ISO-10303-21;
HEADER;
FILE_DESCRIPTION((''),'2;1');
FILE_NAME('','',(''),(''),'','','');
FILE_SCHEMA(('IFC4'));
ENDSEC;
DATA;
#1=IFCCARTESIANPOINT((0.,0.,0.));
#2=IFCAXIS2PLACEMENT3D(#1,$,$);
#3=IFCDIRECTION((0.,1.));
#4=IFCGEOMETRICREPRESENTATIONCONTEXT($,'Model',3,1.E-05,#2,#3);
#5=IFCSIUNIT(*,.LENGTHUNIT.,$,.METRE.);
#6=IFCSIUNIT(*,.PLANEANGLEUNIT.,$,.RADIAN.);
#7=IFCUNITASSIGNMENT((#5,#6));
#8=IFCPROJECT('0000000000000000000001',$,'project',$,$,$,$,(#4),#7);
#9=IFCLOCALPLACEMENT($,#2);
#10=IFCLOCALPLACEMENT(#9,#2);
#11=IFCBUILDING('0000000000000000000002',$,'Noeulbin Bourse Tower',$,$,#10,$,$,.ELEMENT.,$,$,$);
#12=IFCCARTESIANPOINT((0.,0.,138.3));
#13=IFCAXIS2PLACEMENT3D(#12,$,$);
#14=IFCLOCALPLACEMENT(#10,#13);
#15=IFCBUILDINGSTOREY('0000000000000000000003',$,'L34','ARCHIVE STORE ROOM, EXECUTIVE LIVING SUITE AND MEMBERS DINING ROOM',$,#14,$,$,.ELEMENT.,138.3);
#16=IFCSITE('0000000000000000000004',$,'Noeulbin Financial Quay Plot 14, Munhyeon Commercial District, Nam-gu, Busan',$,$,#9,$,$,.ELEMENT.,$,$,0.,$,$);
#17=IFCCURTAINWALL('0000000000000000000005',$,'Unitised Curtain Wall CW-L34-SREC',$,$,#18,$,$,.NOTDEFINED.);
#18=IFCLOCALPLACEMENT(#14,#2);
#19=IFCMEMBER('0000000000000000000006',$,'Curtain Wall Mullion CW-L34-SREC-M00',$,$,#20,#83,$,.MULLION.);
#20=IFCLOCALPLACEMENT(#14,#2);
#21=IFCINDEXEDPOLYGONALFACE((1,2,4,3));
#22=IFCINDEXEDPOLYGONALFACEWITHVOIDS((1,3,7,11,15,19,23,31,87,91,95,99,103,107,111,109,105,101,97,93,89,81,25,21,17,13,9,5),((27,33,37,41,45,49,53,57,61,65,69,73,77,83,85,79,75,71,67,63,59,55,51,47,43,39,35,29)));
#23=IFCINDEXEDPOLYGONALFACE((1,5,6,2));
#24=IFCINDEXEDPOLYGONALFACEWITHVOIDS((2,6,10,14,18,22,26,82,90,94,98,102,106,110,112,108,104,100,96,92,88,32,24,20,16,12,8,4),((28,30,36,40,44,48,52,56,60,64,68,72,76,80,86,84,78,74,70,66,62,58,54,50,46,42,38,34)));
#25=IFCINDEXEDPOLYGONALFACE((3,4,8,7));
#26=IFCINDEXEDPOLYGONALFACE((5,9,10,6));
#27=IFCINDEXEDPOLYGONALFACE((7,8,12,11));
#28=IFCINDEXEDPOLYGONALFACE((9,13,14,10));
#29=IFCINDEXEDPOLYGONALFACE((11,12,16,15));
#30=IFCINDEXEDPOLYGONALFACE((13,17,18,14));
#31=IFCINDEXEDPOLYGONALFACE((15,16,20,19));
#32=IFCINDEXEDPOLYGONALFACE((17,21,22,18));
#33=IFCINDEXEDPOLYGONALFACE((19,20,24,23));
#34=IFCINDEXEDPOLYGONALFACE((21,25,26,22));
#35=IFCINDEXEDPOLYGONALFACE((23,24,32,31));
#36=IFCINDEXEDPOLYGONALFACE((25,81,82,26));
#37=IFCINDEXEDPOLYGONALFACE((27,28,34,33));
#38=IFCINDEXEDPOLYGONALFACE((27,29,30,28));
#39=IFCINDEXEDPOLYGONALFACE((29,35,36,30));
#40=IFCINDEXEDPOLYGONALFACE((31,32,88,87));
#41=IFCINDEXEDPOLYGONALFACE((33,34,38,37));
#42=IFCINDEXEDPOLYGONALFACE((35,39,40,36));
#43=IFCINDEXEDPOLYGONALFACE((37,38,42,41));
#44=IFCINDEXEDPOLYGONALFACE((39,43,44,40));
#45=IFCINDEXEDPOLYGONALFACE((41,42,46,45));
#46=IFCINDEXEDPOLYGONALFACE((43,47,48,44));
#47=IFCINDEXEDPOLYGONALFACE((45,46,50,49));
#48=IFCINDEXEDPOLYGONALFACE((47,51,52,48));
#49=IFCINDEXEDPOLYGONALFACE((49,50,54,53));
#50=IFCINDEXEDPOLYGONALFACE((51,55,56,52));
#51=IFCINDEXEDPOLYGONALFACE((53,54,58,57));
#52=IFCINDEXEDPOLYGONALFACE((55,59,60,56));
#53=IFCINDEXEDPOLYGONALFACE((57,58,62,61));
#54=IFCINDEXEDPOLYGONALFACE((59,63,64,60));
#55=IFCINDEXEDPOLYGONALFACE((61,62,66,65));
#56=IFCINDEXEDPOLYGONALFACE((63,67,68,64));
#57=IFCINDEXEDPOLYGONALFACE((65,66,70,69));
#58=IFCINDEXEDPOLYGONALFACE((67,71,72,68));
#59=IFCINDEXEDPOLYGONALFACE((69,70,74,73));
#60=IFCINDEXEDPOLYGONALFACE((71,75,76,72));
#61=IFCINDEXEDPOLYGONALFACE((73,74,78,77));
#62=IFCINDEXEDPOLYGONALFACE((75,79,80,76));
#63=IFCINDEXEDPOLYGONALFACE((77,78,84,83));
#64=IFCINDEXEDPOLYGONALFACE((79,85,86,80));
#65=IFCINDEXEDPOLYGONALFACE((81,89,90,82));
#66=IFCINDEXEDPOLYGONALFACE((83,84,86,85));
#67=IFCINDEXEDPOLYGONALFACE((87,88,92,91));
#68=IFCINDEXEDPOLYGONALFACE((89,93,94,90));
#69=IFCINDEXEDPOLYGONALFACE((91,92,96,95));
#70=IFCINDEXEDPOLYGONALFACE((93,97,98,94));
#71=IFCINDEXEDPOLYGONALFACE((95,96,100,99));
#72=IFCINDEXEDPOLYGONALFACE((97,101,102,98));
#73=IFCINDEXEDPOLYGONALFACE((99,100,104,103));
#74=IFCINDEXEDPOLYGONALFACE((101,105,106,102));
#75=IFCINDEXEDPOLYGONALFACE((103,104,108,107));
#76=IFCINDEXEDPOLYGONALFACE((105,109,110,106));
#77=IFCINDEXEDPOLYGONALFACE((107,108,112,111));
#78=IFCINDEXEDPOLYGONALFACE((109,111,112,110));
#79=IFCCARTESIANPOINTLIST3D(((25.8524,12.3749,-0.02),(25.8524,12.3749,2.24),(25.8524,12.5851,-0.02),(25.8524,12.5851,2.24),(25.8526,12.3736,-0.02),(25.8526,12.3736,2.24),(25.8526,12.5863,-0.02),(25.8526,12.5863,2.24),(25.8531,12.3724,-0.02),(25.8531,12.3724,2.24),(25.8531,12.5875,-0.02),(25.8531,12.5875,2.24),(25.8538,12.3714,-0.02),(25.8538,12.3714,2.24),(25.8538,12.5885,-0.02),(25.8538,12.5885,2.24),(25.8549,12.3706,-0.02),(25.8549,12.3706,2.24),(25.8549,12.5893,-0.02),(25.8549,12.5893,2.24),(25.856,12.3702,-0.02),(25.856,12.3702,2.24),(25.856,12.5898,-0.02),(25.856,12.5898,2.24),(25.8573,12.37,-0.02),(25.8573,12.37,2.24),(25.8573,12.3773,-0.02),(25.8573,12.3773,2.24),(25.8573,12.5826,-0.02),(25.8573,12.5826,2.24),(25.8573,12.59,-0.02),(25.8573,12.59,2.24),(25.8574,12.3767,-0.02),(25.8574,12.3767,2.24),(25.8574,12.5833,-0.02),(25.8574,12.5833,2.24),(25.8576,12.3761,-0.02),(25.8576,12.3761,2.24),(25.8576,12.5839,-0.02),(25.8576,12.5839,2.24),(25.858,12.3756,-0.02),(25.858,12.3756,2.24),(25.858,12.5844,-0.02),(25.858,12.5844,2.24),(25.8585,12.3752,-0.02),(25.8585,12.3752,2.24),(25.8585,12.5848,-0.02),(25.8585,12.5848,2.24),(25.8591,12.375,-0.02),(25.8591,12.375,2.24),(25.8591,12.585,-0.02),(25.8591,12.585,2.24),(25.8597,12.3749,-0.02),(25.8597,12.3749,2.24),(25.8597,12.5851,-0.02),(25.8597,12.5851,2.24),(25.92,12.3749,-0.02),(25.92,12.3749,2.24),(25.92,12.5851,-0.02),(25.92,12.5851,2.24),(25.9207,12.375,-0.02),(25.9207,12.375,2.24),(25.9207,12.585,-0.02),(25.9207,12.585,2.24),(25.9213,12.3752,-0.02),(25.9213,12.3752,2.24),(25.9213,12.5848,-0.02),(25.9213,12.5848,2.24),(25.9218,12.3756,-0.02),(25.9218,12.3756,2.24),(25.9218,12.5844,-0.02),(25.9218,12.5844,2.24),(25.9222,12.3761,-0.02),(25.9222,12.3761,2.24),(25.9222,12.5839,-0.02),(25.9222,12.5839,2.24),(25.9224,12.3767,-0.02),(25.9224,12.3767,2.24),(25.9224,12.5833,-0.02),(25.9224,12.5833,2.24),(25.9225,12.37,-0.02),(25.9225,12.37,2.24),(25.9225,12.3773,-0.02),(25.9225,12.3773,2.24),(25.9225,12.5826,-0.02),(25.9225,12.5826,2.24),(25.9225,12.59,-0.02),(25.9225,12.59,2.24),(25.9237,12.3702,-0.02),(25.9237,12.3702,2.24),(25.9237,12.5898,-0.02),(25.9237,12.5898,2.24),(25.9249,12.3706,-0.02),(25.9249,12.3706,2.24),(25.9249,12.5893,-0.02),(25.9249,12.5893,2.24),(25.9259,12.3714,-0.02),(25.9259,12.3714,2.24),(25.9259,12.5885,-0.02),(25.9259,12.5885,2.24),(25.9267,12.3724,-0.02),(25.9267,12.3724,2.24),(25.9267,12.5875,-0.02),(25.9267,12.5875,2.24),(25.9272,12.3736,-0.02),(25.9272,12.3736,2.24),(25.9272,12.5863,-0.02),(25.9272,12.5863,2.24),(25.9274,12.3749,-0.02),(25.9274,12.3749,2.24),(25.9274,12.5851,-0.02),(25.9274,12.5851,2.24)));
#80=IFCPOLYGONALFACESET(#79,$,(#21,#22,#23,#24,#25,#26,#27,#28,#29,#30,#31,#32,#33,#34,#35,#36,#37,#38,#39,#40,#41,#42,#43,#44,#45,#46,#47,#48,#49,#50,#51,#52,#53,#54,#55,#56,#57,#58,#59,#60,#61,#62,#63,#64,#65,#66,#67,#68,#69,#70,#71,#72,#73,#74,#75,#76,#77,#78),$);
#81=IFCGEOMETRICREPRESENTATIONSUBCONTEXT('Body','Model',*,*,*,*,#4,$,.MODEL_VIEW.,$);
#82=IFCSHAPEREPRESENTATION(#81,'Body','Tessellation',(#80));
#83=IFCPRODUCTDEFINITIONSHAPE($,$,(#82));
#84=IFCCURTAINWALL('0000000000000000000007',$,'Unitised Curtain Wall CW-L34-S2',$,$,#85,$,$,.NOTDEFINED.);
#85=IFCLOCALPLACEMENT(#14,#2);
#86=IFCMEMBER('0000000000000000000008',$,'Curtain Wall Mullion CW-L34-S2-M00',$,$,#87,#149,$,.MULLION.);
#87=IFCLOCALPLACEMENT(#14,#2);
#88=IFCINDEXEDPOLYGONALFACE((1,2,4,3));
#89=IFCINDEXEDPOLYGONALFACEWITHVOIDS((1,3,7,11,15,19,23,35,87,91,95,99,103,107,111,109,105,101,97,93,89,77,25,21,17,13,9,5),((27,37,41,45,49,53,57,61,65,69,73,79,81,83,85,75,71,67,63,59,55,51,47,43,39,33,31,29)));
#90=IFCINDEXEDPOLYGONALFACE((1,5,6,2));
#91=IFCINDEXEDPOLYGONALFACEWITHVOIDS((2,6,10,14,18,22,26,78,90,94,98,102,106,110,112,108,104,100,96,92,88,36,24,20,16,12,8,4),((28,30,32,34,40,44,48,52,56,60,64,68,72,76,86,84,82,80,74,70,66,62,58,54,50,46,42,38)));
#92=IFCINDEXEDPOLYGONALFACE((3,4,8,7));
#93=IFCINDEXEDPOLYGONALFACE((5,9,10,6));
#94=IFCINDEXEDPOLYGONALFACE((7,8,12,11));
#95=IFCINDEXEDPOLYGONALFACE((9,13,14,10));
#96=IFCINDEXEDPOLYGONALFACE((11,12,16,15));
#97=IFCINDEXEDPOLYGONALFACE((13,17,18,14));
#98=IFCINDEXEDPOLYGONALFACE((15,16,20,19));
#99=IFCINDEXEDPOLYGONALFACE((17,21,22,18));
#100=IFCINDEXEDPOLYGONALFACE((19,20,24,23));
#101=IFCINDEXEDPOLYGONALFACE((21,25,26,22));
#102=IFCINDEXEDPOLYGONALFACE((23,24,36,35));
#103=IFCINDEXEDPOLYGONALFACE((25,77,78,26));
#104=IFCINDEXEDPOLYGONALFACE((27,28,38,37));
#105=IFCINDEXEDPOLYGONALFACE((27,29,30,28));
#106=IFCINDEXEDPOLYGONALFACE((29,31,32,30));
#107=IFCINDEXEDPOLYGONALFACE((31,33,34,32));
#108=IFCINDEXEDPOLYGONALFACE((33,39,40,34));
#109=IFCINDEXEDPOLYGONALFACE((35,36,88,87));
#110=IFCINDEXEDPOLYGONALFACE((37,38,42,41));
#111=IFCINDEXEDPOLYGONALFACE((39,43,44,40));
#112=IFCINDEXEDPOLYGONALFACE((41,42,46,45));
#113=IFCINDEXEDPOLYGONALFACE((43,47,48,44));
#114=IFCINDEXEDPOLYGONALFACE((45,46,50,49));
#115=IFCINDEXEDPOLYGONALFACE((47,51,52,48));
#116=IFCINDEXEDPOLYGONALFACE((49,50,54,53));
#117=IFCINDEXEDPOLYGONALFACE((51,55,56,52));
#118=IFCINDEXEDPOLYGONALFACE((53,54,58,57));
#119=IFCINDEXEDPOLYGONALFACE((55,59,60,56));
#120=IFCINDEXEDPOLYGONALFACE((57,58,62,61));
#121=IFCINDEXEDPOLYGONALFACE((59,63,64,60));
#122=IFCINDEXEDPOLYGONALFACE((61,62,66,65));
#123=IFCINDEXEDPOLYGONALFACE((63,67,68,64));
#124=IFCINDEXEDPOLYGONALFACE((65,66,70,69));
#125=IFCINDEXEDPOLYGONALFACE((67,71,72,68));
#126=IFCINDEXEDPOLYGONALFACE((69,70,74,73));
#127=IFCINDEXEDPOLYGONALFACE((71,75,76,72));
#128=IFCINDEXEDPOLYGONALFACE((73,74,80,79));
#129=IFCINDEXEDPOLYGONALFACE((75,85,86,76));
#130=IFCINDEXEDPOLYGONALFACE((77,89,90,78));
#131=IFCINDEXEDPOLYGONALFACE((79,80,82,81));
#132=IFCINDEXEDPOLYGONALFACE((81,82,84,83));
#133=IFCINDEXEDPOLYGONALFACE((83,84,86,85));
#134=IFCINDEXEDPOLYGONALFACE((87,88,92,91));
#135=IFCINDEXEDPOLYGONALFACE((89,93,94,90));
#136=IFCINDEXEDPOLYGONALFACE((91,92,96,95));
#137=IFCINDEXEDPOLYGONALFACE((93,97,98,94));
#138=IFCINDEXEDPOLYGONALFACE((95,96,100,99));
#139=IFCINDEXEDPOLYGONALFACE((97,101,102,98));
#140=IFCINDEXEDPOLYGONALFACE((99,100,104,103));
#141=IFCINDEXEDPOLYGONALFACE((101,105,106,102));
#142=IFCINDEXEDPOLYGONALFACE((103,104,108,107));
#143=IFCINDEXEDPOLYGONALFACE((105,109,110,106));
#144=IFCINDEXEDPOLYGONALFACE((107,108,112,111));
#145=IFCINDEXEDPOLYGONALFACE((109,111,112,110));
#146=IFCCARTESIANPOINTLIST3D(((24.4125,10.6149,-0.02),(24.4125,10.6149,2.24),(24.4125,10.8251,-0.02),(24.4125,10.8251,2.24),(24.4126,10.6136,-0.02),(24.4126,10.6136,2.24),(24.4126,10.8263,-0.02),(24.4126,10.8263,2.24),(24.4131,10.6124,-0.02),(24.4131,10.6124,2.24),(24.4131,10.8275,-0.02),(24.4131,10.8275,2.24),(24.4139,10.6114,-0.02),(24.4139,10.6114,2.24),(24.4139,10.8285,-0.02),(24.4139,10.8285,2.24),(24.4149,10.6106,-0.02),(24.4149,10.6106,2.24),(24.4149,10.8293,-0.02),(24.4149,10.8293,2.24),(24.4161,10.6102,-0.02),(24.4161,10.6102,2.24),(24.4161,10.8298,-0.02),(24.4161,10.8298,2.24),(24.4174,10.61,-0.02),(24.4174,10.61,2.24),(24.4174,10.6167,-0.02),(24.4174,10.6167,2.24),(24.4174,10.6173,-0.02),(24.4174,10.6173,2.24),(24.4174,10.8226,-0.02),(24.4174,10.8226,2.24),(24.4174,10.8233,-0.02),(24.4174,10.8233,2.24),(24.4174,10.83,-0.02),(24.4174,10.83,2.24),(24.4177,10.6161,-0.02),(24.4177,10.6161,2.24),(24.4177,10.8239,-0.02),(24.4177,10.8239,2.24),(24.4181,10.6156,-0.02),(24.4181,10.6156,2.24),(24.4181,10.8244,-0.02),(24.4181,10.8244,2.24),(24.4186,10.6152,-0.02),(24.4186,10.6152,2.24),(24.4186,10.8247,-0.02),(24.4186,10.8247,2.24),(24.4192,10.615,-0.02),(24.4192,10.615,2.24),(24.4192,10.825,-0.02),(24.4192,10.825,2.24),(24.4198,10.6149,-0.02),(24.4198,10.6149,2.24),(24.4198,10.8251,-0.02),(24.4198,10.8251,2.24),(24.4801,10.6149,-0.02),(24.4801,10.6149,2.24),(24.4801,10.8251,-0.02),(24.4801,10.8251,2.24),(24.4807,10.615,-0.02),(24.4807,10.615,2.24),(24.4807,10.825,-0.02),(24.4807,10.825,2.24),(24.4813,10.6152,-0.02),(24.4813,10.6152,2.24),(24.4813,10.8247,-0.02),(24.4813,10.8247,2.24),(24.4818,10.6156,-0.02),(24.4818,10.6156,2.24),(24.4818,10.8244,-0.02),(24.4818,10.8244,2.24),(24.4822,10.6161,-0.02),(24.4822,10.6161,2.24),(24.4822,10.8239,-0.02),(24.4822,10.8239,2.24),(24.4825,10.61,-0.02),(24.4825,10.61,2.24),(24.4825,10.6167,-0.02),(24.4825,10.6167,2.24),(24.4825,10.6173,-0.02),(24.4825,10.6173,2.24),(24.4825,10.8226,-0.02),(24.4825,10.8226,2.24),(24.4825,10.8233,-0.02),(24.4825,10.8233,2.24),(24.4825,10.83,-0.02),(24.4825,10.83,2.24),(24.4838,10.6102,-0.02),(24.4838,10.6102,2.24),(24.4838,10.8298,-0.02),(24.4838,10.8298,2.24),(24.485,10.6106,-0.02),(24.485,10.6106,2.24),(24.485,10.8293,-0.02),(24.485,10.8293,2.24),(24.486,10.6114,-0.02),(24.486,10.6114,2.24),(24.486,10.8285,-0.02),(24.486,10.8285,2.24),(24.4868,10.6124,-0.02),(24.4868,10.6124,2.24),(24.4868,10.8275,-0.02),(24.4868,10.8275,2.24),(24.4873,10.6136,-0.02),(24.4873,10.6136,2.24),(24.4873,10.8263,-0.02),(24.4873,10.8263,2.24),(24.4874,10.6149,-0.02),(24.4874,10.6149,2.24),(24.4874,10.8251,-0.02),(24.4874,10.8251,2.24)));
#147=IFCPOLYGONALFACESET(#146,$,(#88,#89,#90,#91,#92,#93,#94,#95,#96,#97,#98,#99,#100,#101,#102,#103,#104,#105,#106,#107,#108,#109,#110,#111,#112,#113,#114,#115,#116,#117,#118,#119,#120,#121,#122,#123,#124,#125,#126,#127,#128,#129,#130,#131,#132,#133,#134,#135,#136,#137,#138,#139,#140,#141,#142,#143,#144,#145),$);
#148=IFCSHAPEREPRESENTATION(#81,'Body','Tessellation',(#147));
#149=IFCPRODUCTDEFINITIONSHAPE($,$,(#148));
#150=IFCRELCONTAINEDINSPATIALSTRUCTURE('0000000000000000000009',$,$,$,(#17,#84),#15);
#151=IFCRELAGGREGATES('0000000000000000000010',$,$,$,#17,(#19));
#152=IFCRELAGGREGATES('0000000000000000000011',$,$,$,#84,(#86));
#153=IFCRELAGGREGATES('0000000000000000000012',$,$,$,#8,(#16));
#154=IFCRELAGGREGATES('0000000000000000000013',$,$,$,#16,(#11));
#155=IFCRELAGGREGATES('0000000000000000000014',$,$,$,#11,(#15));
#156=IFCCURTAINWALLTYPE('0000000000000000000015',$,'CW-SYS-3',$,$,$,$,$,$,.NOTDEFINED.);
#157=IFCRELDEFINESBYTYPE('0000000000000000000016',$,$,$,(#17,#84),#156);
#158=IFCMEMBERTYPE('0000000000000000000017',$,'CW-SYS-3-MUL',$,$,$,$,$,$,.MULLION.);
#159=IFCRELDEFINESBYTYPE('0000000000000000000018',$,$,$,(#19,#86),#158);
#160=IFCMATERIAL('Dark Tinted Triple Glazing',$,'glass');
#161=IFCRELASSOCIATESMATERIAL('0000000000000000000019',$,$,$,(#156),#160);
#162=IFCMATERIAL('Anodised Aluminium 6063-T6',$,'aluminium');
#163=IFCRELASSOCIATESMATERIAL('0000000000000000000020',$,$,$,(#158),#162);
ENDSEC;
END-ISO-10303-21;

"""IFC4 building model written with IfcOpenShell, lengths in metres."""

from ifc_helpers import new_model, si_unit, direction, frame, origin, origin_2d, place, context, subcontext, project, spatial, hollow_rectangle, extrude, material, material_profile, profile_set, type_object, element, aggregate, save


model = new_model("IFC4")

# Units and contexts
model_context = context("Model", 3, precision=1e-05, world=origin(), true_north=direction((0.0, 1.0)))
body_context = subcontext(model_context, "Body", "Model", "MODEL_VIEW")
ifc_project = project(units=[si_unit("LENGTHUNIT", "METRE"), si_unit("PLANEANGLEUNIT", "RADIAN")], contexts=[model_context])

# Site, building, storey
site_placement = place(None, origin())
site = spatial("IfcSite", under=ifc_project, at=site_placement, Name="Noeulbin Financial Quay Plot 14, Munhyeon Commercial District, Nam-gu, Busan", CompositionType="ELEMENT", RefElevation=0.0)
building_placement = place(site_placement, origin())
building = spatial("IfcBuilding", under=site, at=building_placement, Name="Noeulbin Bourse Tower", CompositionType="ELEMENT")
storey_placement = place(building_placement, frame((0.0, 0.0, 138.3)))
storey = spatial("IfcBuildingStorey", under=building, at=storey_placement, Name="L34", Description="ARCHIVE STORE ROOM, EXECUTIVE LIVING SUITE AND MEMBERS DINING ROOM", CompositionType="ELEMENT", Elevation=138.3)

# Curtain wall, member
ifc_material_1 = material(Name="Dark Tinted Triple Glazing", Category="glass")
curtain_wall_type = type_object("IfcCurtainWallType", Name="CW-SYS-3", PredefinedType="NOTDEFINED", material=ifc_material_1)
curtain_wall_1_placement = place(storey_placement, origin())
curtain_wall_1 = element("IfcCurtainWall", 1, at=curtain_wall_1_placement, inside=storey, type_object=curtain_wall_type, Name="Unitised Curtain Wall CW-L34-SREC", PredefinedType="NOTDEFINED")
ifc_material_2 = material(Name="Anodised Aluminium 6063-T6", Category="aluminium")
ifc_material_profile_1 = material_profile(ifc_material_2, hollow_rectangle(XDim=0.075, YDim=0.22, WallThickness=0.0049, InnerFilletRadius=0.0024, OuterFilletRadius=0.0049, at=origin_2d()), Name="ALU-MULL-75x220x5", Category="LoadBearing")
ifc_profile_set_1 = profile_set([ifc_material_profile_1], Name="Anodised Aluminium 6063-T6")
member_type_1 = type_object("IfcMemberType", Name="CW-SYS-3-MUL", PredefinedType="MULLION", material=ifc_profile_set_1)
member_1_placement = place(storey_placement, frame((25.8899, 12.48, -0.02), z_axis=(0.0, 0.0, 1.0), x_axis=(1.0, 0.0, 0.0)))
member_1 = element("IfcMember", 2, at=member_1_placement, type_object=member_type_1, Name="Curtain Wall Mullion CW-L34-SREC-M00", PredefinedType="MULLION", context=body_context, shape_type="SweptSolid", body=[
    extrude(hollow_rectangle(XDim=0.075, YDim=0.22, WallThickness=0.0049, InnerFilletRadius=0.0024, OuterFilletRadius=0.0049, at=origin_2d()), origin(), (0.0, 0.0, 1.0), 2.26),
])

# Curtain wall, member
curtain_wall_2_placement = place(storey_placement, origin())
curtain_wall_2 = element("IfcCurtainWall", 3, at=curtain_wall_2_placement, inside=storey, type_object=curtain_wall_type, Name="Unitised Curtain Wall CW-L34-S2", PredefinedType="NOTDEFINED")
member_2_placement = place(storey_placement, frame((24.45, 10.72, -0.02), z_axis=(0.0, 0.0, 1.0), x_axis=(1.0, 0.0, 0.0)))
member_2 = element("IfcMember", 4, at=member_2_placement, type_object=member_type_1, Name="Curtain Wall Mullion CW-L34-S2-M00", PredefinedType="MULLION", context=body_context, shape_type="SweptSolid", body=[
    extrude(hollow_rectangle(XDim=0.075, YDim=0.22, WallThickness=0.0049, InnerFilletRadius=0.0024, OuterFilletRadius=0.0049, at=origin_2d()), origin(), (0.0, 0.0, 1.0), 2.26),
])

aggregate(curtain_wall_1, [member_1])

aggregate(curtain_wall_2, [member_2])

save(model, "model.ifc")
